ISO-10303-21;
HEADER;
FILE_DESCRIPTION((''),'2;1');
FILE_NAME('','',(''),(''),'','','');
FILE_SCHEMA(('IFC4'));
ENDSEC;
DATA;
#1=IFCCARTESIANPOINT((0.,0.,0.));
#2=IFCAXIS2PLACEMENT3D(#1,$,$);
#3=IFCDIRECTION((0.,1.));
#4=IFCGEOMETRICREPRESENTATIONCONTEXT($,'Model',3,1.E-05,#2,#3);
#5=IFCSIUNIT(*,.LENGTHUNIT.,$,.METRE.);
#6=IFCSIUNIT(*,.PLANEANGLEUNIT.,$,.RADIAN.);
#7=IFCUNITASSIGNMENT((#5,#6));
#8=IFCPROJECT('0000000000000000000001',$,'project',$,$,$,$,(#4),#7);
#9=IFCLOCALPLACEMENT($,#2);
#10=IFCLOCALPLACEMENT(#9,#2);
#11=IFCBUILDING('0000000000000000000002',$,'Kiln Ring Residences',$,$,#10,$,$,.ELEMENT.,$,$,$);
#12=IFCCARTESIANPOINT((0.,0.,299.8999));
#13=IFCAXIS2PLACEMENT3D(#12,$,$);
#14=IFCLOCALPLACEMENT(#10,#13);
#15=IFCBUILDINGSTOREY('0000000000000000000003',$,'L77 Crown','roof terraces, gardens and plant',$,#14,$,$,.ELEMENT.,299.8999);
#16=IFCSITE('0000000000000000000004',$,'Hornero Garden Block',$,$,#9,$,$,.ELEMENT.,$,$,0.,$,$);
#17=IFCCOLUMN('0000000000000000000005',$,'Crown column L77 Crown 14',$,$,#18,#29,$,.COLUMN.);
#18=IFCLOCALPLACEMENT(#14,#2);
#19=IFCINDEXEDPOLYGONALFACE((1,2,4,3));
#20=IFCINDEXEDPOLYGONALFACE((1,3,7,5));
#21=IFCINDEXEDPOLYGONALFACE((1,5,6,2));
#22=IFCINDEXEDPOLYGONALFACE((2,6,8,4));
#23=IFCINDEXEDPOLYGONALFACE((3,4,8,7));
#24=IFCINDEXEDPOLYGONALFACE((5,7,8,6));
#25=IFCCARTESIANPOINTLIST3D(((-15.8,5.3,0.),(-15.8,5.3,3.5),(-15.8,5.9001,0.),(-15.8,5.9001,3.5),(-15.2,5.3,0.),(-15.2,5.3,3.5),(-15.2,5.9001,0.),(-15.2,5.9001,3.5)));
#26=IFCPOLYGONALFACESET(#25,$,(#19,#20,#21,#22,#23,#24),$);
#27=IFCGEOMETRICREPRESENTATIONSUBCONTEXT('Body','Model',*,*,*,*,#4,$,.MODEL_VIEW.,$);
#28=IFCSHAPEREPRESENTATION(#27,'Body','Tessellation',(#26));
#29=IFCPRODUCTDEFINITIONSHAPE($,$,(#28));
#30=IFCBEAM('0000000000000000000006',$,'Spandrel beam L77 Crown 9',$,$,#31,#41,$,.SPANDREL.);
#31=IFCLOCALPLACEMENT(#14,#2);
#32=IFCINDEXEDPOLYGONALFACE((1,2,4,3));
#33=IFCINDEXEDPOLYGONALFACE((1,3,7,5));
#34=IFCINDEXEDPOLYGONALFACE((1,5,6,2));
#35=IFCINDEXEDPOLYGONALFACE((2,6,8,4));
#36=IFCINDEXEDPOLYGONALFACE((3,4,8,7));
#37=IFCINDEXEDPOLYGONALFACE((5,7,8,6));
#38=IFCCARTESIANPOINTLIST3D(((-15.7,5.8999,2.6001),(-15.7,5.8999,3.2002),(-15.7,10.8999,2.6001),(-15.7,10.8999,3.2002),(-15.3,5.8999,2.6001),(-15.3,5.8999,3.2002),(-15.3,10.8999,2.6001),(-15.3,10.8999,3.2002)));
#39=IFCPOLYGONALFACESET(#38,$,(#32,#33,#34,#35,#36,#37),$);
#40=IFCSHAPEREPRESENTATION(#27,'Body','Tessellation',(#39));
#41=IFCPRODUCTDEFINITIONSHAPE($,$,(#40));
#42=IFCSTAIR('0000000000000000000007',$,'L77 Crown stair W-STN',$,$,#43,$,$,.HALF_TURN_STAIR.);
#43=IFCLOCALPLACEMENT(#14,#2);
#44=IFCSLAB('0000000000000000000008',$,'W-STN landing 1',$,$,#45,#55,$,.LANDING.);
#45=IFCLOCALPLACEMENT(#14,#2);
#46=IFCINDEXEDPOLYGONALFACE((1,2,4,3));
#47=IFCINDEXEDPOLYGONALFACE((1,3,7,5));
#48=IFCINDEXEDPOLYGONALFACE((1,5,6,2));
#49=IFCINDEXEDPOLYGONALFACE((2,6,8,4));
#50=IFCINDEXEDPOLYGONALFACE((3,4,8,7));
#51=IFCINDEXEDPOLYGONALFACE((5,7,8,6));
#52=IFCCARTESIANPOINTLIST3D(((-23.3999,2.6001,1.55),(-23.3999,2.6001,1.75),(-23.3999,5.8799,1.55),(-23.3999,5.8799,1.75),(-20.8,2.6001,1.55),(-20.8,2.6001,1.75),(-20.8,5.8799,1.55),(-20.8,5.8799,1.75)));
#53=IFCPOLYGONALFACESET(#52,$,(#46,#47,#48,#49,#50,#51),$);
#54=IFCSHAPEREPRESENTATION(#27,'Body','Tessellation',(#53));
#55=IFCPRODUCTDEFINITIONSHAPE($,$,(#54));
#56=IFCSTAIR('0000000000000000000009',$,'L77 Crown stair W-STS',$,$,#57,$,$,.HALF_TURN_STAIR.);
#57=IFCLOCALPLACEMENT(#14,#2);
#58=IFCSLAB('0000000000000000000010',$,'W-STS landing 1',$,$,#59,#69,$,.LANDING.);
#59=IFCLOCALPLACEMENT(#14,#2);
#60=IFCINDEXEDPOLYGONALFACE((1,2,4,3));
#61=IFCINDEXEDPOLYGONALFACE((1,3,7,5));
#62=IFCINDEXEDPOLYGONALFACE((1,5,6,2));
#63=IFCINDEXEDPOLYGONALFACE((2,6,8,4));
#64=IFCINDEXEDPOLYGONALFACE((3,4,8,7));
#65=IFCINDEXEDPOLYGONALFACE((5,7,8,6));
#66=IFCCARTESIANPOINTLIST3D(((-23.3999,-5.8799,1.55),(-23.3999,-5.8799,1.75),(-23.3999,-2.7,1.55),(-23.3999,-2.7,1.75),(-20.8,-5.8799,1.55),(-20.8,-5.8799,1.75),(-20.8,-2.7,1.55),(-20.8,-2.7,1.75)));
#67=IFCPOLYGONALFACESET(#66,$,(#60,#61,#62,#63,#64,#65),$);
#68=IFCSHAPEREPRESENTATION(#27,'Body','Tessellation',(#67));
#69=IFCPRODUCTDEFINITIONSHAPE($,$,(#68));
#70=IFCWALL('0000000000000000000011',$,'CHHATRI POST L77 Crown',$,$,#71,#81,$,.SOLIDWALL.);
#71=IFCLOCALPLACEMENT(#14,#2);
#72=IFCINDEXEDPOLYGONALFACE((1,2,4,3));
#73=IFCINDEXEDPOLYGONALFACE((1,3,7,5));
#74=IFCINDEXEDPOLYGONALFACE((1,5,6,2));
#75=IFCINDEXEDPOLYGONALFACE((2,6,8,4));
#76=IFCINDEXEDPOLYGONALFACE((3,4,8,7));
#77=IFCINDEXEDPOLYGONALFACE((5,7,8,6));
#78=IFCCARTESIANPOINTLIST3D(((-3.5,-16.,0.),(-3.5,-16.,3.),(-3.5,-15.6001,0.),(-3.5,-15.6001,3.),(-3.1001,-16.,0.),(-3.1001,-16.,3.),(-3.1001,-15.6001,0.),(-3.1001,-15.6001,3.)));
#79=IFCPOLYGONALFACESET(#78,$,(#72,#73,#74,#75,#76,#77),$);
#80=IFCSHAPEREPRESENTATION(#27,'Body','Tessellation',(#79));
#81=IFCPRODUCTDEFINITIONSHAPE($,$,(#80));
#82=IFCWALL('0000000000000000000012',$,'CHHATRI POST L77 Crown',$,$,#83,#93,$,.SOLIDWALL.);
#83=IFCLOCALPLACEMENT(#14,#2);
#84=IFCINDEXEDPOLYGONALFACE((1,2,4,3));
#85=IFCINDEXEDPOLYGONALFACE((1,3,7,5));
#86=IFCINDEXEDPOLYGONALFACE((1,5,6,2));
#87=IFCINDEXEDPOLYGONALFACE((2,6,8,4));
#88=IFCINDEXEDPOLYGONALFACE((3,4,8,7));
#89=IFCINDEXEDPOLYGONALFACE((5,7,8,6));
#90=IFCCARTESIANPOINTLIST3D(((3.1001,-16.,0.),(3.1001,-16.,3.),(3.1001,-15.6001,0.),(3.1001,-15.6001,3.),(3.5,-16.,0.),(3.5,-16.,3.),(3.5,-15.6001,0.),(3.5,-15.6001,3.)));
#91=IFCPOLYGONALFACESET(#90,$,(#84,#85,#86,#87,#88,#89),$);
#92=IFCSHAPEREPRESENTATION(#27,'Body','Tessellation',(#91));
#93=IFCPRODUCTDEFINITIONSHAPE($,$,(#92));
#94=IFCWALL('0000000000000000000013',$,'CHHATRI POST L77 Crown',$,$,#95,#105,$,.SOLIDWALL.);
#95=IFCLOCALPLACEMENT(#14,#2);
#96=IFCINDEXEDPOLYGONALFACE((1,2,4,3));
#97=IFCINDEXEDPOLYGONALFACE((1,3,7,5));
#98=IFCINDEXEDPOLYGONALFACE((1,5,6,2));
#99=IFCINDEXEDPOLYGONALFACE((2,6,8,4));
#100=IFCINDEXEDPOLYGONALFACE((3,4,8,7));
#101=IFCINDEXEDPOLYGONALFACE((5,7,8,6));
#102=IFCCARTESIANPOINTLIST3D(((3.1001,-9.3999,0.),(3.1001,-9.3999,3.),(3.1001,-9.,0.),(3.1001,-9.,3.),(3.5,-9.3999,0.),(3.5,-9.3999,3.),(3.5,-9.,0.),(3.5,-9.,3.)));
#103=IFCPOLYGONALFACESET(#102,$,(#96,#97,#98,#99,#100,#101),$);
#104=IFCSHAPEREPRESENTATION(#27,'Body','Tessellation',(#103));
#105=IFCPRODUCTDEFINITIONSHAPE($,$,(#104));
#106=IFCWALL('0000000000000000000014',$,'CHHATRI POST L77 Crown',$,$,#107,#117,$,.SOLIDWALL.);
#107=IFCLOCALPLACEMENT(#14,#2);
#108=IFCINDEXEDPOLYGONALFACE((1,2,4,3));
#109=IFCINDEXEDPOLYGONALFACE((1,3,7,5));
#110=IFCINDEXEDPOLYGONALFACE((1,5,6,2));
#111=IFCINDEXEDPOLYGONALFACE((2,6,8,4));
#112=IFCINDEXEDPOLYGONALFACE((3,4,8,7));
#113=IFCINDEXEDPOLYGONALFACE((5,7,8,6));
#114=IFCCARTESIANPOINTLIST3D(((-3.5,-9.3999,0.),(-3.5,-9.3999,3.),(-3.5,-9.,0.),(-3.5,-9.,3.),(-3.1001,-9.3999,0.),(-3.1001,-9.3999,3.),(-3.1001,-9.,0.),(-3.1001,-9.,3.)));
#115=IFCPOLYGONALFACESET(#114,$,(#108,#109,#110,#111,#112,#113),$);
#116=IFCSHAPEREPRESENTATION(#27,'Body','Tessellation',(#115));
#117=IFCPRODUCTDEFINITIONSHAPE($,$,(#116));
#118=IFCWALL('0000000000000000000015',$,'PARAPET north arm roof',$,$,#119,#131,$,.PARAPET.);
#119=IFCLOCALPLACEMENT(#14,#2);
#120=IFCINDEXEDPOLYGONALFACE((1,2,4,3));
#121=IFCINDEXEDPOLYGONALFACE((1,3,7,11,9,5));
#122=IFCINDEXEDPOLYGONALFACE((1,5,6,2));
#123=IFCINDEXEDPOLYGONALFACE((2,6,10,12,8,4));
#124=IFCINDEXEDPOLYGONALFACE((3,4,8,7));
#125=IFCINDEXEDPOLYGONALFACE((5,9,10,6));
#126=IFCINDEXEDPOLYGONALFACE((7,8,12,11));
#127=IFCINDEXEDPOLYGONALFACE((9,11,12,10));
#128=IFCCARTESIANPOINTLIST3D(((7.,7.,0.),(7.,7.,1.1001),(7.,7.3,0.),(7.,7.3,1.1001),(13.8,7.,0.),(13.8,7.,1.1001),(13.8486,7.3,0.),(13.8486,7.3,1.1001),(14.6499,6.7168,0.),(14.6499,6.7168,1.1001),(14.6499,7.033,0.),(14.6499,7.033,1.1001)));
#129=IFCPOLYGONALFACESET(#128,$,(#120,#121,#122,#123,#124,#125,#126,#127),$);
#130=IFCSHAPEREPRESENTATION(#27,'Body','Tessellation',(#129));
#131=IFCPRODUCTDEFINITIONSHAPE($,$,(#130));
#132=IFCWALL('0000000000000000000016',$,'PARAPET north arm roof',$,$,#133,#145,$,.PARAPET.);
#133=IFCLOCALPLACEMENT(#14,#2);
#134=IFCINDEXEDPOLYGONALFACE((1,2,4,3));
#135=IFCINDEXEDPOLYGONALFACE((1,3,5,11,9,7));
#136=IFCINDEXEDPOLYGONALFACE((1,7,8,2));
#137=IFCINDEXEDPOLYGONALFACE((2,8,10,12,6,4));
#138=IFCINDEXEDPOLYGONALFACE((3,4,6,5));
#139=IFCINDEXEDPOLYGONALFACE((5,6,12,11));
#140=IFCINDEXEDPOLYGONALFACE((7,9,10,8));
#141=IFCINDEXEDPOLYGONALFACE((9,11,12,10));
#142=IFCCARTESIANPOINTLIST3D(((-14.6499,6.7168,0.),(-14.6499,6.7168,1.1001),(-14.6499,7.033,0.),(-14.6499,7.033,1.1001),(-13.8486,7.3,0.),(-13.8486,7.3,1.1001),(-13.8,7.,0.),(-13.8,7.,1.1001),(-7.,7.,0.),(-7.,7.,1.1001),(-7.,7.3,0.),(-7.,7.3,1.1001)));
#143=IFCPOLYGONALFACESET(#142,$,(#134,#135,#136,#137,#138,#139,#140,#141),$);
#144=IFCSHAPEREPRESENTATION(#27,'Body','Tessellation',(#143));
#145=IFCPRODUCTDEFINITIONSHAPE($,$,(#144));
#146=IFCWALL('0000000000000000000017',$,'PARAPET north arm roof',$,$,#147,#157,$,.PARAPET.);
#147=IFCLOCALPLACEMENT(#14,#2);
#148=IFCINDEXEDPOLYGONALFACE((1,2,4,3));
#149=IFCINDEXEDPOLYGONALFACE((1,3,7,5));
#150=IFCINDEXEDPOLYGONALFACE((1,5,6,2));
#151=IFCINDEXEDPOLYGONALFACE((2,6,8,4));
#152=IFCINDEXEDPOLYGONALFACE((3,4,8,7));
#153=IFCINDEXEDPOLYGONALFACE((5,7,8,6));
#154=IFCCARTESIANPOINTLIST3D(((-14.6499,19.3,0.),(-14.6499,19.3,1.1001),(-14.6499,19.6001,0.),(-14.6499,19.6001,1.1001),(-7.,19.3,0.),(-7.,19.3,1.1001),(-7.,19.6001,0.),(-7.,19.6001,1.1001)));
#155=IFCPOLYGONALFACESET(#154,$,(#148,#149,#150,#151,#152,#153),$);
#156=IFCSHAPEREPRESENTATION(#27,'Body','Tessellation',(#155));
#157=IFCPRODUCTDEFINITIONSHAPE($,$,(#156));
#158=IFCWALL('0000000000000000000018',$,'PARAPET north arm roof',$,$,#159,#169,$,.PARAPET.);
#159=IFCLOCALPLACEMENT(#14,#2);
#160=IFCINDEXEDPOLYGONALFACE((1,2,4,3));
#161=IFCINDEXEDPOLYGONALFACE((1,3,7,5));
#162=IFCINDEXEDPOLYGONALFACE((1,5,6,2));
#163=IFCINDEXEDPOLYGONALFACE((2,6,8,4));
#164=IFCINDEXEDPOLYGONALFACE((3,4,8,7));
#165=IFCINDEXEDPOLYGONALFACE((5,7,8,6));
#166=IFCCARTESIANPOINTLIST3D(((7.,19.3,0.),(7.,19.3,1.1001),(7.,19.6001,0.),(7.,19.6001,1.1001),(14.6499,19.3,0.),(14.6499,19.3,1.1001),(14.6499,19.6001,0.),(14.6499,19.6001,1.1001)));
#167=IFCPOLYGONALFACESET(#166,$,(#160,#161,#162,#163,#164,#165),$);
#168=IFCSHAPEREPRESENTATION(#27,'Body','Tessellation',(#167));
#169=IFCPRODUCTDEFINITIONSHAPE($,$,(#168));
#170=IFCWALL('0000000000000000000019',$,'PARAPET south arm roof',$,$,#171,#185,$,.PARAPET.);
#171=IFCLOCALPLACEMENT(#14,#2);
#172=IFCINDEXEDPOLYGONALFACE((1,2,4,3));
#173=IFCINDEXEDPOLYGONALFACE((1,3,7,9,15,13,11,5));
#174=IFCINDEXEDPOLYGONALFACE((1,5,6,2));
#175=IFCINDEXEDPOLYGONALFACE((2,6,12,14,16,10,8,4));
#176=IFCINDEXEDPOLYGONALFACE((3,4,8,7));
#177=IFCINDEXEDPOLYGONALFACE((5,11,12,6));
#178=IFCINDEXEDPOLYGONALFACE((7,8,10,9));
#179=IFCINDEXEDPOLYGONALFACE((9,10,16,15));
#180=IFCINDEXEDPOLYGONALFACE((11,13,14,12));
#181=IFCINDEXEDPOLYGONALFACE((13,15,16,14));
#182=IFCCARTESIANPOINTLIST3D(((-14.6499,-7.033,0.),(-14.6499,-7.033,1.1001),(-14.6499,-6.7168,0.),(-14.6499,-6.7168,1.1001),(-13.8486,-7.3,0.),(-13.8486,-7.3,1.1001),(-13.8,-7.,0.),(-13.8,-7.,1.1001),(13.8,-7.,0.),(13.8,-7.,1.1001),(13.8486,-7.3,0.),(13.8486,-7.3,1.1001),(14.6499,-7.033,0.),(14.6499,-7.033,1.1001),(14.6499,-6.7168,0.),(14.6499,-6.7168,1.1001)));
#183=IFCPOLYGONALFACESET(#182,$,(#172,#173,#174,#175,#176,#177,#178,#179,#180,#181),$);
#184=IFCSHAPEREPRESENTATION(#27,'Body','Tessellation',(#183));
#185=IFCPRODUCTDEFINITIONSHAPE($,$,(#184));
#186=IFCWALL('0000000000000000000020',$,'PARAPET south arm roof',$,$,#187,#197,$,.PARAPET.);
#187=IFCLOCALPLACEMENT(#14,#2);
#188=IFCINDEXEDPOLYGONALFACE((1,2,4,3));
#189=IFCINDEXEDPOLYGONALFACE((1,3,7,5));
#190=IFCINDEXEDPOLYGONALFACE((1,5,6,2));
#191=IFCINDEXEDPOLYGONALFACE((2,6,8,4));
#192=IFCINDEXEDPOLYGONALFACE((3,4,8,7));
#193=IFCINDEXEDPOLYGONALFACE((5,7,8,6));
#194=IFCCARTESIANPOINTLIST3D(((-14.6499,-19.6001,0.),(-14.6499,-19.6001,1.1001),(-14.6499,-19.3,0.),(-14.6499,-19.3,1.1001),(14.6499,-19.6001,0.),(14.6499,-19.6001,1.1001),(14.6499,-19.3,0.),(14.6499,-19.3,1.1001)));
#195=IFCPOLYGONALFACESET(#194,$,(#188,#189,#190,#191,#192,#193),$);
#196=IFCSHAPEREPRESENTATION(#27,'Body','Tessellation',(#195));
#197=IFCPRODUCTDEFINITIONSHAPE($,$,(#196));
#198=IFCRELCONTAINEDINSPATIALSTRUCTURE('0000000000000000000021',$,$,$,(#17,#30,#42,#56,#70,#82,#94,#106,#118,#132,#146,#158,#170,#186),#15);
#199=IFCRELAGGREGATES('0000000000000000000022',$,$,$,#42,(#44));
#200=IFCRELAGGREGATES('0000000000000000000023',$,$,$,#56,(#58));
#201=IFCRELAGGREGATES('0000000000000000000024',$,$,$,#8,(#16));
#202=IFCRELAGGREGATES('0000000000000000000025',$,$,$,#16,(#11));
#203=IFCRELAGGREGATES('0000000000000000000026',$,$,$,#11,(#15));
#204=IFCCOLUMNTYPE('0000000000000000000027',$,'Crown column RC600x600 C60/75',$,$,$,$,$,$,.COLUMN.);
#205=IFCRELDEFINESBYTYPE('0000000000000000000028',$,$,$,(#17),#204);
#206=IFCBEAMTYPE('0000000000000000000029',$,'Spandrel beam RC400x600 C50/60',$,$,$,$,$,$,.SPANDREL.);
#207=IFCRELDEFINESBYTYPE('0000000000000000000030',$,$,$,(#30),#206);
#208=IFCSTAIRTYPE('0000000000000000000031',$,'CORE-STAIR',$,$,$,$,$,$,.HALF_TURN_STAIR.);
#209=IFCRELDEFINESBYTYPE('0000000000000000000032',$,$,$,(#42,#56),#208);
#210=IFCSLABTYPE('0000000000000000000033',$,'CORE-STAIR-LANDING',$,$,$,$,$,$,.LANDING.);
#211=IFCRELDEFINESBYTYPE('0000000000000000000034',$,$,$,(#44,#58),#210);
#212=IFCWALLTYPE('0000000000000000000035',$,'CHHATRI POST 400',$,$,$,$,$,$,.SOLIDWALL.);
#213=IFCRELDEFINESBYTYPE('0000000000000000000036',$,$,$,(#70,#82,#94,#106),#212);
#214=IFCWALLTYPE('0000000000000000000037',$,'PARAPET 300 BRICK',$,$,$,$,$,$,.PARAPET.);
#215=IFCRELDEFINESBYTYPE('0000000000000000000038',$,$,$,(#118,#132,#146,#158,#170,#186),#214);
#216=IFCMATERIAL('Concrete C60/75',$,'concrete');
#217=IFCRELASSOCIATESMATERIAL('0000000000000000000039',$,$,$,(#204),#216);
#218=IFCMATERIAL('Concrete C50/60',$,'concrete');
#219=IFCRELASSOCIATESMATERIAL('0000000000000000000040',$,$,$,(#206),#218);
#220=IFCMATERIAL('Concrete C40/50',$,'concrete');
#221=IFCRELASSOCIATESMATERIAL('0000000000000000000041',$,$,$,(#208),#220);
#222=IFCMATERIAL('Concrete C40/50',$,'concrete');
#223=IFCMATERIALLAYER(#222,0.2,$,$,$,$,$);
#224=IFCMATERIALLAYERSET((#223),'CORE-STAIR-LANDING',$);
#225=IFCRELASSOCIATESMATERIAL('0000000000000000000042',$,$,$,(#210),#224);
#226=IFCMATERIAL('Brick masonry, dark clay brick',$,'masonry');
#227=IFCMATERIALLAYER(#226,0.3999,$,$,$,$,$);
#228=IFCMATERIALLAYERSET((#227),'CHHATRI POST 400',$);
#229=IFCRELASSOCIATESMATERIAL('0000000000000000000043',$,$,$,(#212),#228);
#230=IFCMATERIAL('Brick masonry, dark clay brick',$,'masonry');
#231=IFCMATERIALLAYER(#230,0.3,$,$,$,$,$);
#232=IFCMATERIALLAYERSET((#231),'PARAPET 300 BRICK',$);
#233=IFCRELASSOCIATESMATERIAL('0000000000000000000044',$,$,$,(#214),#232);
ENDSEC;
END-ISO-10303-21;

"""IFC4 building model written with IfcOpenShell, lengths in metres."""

from ifc_helpers import new_model, si_unit, direction, frame, origin, origin_2d, place, context, subcontext, project, spatial, polyline, rectangle, outline, extrude, material, layer, layer_set, material_profile, profile_set, type_object, element, aggregate, save


model = new_model("IFC4")

# Units and contexts
model_context = context("Model", 3, precision=1e-05, world=origin(), true_north=direction((0.0, 1.0)))
body_context = subcontext(model_context, "Body", "Model", "MODEL_VIEW")
ifc_project = project(units=[si_unit("LENGTHUNIT", "METRE"), si_unit("PLANEANGLEUNIT", "RADIAN")], contexts=[model_context])

# Site, building, storey
site_placement = place(None, origin())
site = spatial("IfcSite", under=ifc_project, at=site_placement, Name="Hornero Garden Block", CompositionType="ELEMENT", RefElevation=0.0)
building_placement = place(site_placement, origin())
building = spatial("IfcBuilding", under=site, at=building_placement, Name="Kiln Ring Residences", CompositionType="ELEMENT")
storey_placement = place(building_placement, frame((0.0, 0.0, 299.8999)))
storey = spatial("IfcBuildingStorey", under=building, at=storey_placement, Name="L77 Crown", Description="roof terraces, gardens and plant", CompositionType="ELEMENT", Elevation=299.8999)

# Column
ifc_material_1 = material(Name="Concrete C60/75", Category="concrete")
ifc_material_profile_1 = material_profile(ifc_material_1, rectangle(XDim=0.6001, YDim=0.6001, at=origin_2d()), Name="RC600x600")
ifc_profile_set_1 = profile_set([ifc_material_profile_1], Name="Concrete C60/75")
column_type = type_object("IfcColumnType", Name="Crown column RC600x600 C60/75", PredefinedType="COLUMN", material=ifc_profile_set_1)
column_placement = place(storey_placement, frame((-15.5, 5.6001, 0.0), z_axis=(0.0, 0.0, 1.0), x_axis=(1.0, 0.0, 0.0)))
element("IfcColumn", 1, at=column_placement, inside=storey, type_object=column_type, Name="Crown column L77 Crown 14", PredefinedType="COLUMN", context=body_context, shape_type="SweptSolid", body=[
    extrude(rectangle(XDim=0.6001, YDim=0.6001, at=origin_2d()), origin(), (0.0, 0.0, 1.0), 3.5),
])

# Beam
ifc_material_2 = material(Name="Concrete C50/60", Category="concrete")
ifc_material_profile_2 = material_profile(ifc_material_2, rectangle(XDim=0.3999, YDim=0.6001, at=origin_2d()), Name="RC400x600")
ifc_profile_set_2 = profile_set([ifc_material_profile_2], Name="Concrete C50/60")
beam_type = type_object("IfcBeamType", Name="Spandrel beam RC400x600 C50/60", PredefinedType="SPANDREL", material=ifc_profile_set_2)
beam_placement = place(storey_placement, frame((-15.5, 5.8999, 2.9001), z_axis=(0.0, 1.0, 0.0), x_axis=(-1.0, 0.0, 0.0)))
element("IfcBeam", 2, at=beam_placement, inside=storey, type_object=beam_type, Name="Spandrel beam L77 Crown 9", PredefinedType="SPANDREL", context=body_context, shape_type="SweptSolid", body=[
    extrude(rectangle(XDim=0.3999, YDim=0.6001, at=origin_2d()), origin(), (0.0, 0.0, 1.0), 5.0),
])

# Stairs, slabs
ifc_material_3 = material(Name="Concrete C40/50", Category="concrete")
stair_type = type_object("IfcStairType", Name="CORE-STAIR", PredefinedType="HALF_TURN_STAIR", material=ifc_material_3)
placement_1 = place(storey_placement, origin())
stair_1 = element("IfcStair", 3, at=placement_1, inside=storey, type_object=stair_type, Name="L77 Crown stair W-STN", PredefinedType="HALF_TURN_STAIR")
ifc_material_4 = material(Name="Concrete C40/50", Category="concrete")
ifc_layer_1 = layer(ifc_material_4, 0.2)
ifc_layer_set_1 = layer_set([ifc_layer_1], Name="CORE-STAIR-LANDING")
slab_type = type_object("IfcSlabType", Name="CORE-STAIR-LANDING", PredefinedType="LANDING", material=ifc_layer_set_1)
placement_2 = place(storey_placement, frame((0.0, 0.0, 1.55)))
slab_1 = element("IfcSlab", 4, at=placement_2, type_object=slab_type, Name="W-STN landing 1", PredefinedType="LANDING", context=body_context, shape_type="SweptSolid", body=[
    extrude(outline(polyline([(-23.3999, 5.8799), (-23.3999, 2.6001), (-20.8, 2.6001), (-20.8, 5.8799), (-23.3999, 5.8799)])), origin(), (0.0, 0.0, 1.0), 0.2),
])
aggregate(stair_1, [slab_1])
stair_2 = element("IfcStair", 5, at=placement_1, inside=storey, type_object=stair_type, Name="L77 Crown stair W-STS", PredefinedType="HALF_TURN_STAIR")
slab_2 = element("IfcSlab", 6, at=placement_2, type_object=slab_type, Name="W-STS landing 1", PredefinedType="LANDING", context=body_context, shape_type="SweptSolid", body=[
    extrude(outline(polyline([(-20.8, -5.8799), (-20.8, -2.7), (-23.3999, -2.7), (-23.3999, -5.8799), (-20.8, -5.8799)])), origin(), (0.0, 0.0, 1.0), 0.2),
])
aggregate(stair_2, [slab_2])

# Walls
ifc_material_5 = material(Name="Brick masonry, dark clay brick", Category="masonry")
ifc_layer_2 = layer(ifc_material_5, 0.3999)
ifc_layer_set_2 = layer_set([ifc_layer_2], Name="CHHATRI POST 400")
wall_type_1 = type_object("IfcWallType", Name="CHHATRI POST 400", PredefinedType="SOLIDWALL", material=ifc_layer_set_2)
element("IfcWall", 7, at=placement_1, inside=storey, type_object=wall_type_1, Name="CHHATRI POST L77 Crown", PredefinedType="SOLIDWALL", context=body_context, shape_type="SweptSolid", body=[
    extrude(outline(polyline([(-3.1001, -16.0), (-3.1001, -15.6001), (-3.5, -15.6001), (-3.5, -16.0), (-3.1001, -16.0)])), origin(), (0.0, 0.0, 1.0), 3.0),
])
element("IfcWall", 8, at=placement_1, inside=storey, type_object=wall_type_1, Name="CHHATRI POST L77 Crown", PredefinedType="SOLIDWALL", context=body_context, shape_type="SweptSolid", body=[
    extrude(outline(polyline([(3.5, -16.0), (3.5, -15.6001), (3.1001, -15.6001), (3.1001, -16.0), (3.5, -16.0)])), origin(), (0.0, 0.0, 1.0), 3.0),
])
element("IfcWall", 9, at=placement_1, inside=storey, type_object=wall_type_1, Name="CHHATRI POST L77 Crown", PredefinedType="SOLIDWALL", context=body_context, shape_type="SweptSolid", body=[
    extrude(outline(polyline([(3.5, -9.3999), (3.5, -9.0), (3.1001, -9.0), (3.1001, -9.3999), (3.5, -9.3999)])), origin(), (0.0, 0.0, 1.0), 3.0),
])
element("IfcWall", 10, at=placement_1, inside=storey, type_object=wall_type_1, Name="CHHATRI POST L77 Crown", PredefinedType="SOLIDWALL", context=body_context, shape_type="SweptSolid", body=[
    extrude(outline(polyline([(-3.1001, -9.3999), (-3.1001, -9.0), (-3.5, -9.0), (-3.5, -9.3999), (-3.1001, -9.3999)])), origin(), (0.0, 0.0, 1.0), 3.0),
])
ifc_material_6 = material(Name="Brick masonry, dark clay brick", Category="masonry")
ifc_layer_3 = layer(ifc_material_6, 0.3)
ifc_layer_set_3 = layer_set([ifc_layer_3], Name="PARAPET 300 BRICK")
wall_type_2 = type_object("IfcWallType", Name="PARAPET 300 BRICK", PredefinedType="PARAPET", material=ifc_layer_set_3)
element("IfcWall", 11, at=placement_1, inside=storey, type_object=wall_type_2, Name="PARAPET north arm roof", PredefinedType="PARAPET", context=body_context, shape_type="SweptSolid", body=[
    extrude(outline(polyline([(13.8, 7.0), (14.6499, 6.7168), (14.6499, 7.033), (13.8486, 7.3), (7.0, 7.3), (7.0, 7.0), (13.8, 7.0)])), origin(), (0.0, 0.0, 1.0), 1.1001),
])
element("IfcWall", 12, at=placement_1, inside=storey, type_object=wall_type_2, Name="PARAPET north arm roof", PredefinedType="PARAPET", context=body_context, shape_type="SweptSolid", body=[
    extrude(outline(polyline([(-13.8, 7.0), (-7.0, 7.0), (-7.0, 7.3), (-13.8486, 7.3), (-14.6499, 7.033), (-14.6499, 6.7168), (-13.8, 7.0)])), origin(), (0.0, 0.0, 1.0), 1.1001),
])
element("IfcWall", 13, at=placement_1, inside=storey, type_object=wall_type_2, Name="PARAPET north arm roof", PredefinedType="PARAPET", context=body_context, shape_type="SweptSolid", body=[
    extrude(outline(polyline([(-7.0, 19.6001), (-14.6499, 19.6001), (-14.6499, 19.3), (-7.0, 19.3), (-7.0, 19.6001)])), origin(), (0.0, 0.0, 1.0), 1.1001),
])
element("IfcWall", 14, at=placement_1, inside=storey, type_object=wall_type_2, Name="PARAPET north arm roof", PredefinedType="PARAPET", context=body_context, shape_type="SweptSolid", body=[
    extrude(outline(polyline([(14.6499, 19.6001), (7.0, 19.6001), (7.0, 19.3), (14.6499, 19.3), (14.6499, 19.6001)])), origin(), (0.0, 0.0, 1.0), 1.1001),
])
element("IfcWall", 15, at=placement_1, inside=storey, type_object=wall_type_2, Name="PARAPET south arm roof", PredefinedType="PARAPET", context=body_context, shape_type="SweptSolid", body=[
    extrude(outline(polyline([(-13.8, -7.0), (-14.6499, -6.7168), (-14.6499, -7.033), (-13.8486, -7.3), (13.8486, -7.3), (14.6499, -7.033), (14.6499, -6.7168), (13.8, -7.0), (-13.8, -7.0)])), origin(), (0.0, 0.0, 1.0), 1.1001),
])
element("IfcWall", 16, at=placement_1, inside=storey, type_object=wall_type_2, Name="PARAPET south arm roof", PredefinedType="PARAPET", context=body_context, shape_type="SweptSolid", body=[
    extrude(outline(polyline([(-14.6499, -19.6001), (14.6499, -19.6001), (14.6499, -19.3), (-14.6499, -19.3), (-14.6499, -19.6001)])), origin(), (0.0, 0.0, 1.0), 1.1001),
])

save(model, "model.ifc")
